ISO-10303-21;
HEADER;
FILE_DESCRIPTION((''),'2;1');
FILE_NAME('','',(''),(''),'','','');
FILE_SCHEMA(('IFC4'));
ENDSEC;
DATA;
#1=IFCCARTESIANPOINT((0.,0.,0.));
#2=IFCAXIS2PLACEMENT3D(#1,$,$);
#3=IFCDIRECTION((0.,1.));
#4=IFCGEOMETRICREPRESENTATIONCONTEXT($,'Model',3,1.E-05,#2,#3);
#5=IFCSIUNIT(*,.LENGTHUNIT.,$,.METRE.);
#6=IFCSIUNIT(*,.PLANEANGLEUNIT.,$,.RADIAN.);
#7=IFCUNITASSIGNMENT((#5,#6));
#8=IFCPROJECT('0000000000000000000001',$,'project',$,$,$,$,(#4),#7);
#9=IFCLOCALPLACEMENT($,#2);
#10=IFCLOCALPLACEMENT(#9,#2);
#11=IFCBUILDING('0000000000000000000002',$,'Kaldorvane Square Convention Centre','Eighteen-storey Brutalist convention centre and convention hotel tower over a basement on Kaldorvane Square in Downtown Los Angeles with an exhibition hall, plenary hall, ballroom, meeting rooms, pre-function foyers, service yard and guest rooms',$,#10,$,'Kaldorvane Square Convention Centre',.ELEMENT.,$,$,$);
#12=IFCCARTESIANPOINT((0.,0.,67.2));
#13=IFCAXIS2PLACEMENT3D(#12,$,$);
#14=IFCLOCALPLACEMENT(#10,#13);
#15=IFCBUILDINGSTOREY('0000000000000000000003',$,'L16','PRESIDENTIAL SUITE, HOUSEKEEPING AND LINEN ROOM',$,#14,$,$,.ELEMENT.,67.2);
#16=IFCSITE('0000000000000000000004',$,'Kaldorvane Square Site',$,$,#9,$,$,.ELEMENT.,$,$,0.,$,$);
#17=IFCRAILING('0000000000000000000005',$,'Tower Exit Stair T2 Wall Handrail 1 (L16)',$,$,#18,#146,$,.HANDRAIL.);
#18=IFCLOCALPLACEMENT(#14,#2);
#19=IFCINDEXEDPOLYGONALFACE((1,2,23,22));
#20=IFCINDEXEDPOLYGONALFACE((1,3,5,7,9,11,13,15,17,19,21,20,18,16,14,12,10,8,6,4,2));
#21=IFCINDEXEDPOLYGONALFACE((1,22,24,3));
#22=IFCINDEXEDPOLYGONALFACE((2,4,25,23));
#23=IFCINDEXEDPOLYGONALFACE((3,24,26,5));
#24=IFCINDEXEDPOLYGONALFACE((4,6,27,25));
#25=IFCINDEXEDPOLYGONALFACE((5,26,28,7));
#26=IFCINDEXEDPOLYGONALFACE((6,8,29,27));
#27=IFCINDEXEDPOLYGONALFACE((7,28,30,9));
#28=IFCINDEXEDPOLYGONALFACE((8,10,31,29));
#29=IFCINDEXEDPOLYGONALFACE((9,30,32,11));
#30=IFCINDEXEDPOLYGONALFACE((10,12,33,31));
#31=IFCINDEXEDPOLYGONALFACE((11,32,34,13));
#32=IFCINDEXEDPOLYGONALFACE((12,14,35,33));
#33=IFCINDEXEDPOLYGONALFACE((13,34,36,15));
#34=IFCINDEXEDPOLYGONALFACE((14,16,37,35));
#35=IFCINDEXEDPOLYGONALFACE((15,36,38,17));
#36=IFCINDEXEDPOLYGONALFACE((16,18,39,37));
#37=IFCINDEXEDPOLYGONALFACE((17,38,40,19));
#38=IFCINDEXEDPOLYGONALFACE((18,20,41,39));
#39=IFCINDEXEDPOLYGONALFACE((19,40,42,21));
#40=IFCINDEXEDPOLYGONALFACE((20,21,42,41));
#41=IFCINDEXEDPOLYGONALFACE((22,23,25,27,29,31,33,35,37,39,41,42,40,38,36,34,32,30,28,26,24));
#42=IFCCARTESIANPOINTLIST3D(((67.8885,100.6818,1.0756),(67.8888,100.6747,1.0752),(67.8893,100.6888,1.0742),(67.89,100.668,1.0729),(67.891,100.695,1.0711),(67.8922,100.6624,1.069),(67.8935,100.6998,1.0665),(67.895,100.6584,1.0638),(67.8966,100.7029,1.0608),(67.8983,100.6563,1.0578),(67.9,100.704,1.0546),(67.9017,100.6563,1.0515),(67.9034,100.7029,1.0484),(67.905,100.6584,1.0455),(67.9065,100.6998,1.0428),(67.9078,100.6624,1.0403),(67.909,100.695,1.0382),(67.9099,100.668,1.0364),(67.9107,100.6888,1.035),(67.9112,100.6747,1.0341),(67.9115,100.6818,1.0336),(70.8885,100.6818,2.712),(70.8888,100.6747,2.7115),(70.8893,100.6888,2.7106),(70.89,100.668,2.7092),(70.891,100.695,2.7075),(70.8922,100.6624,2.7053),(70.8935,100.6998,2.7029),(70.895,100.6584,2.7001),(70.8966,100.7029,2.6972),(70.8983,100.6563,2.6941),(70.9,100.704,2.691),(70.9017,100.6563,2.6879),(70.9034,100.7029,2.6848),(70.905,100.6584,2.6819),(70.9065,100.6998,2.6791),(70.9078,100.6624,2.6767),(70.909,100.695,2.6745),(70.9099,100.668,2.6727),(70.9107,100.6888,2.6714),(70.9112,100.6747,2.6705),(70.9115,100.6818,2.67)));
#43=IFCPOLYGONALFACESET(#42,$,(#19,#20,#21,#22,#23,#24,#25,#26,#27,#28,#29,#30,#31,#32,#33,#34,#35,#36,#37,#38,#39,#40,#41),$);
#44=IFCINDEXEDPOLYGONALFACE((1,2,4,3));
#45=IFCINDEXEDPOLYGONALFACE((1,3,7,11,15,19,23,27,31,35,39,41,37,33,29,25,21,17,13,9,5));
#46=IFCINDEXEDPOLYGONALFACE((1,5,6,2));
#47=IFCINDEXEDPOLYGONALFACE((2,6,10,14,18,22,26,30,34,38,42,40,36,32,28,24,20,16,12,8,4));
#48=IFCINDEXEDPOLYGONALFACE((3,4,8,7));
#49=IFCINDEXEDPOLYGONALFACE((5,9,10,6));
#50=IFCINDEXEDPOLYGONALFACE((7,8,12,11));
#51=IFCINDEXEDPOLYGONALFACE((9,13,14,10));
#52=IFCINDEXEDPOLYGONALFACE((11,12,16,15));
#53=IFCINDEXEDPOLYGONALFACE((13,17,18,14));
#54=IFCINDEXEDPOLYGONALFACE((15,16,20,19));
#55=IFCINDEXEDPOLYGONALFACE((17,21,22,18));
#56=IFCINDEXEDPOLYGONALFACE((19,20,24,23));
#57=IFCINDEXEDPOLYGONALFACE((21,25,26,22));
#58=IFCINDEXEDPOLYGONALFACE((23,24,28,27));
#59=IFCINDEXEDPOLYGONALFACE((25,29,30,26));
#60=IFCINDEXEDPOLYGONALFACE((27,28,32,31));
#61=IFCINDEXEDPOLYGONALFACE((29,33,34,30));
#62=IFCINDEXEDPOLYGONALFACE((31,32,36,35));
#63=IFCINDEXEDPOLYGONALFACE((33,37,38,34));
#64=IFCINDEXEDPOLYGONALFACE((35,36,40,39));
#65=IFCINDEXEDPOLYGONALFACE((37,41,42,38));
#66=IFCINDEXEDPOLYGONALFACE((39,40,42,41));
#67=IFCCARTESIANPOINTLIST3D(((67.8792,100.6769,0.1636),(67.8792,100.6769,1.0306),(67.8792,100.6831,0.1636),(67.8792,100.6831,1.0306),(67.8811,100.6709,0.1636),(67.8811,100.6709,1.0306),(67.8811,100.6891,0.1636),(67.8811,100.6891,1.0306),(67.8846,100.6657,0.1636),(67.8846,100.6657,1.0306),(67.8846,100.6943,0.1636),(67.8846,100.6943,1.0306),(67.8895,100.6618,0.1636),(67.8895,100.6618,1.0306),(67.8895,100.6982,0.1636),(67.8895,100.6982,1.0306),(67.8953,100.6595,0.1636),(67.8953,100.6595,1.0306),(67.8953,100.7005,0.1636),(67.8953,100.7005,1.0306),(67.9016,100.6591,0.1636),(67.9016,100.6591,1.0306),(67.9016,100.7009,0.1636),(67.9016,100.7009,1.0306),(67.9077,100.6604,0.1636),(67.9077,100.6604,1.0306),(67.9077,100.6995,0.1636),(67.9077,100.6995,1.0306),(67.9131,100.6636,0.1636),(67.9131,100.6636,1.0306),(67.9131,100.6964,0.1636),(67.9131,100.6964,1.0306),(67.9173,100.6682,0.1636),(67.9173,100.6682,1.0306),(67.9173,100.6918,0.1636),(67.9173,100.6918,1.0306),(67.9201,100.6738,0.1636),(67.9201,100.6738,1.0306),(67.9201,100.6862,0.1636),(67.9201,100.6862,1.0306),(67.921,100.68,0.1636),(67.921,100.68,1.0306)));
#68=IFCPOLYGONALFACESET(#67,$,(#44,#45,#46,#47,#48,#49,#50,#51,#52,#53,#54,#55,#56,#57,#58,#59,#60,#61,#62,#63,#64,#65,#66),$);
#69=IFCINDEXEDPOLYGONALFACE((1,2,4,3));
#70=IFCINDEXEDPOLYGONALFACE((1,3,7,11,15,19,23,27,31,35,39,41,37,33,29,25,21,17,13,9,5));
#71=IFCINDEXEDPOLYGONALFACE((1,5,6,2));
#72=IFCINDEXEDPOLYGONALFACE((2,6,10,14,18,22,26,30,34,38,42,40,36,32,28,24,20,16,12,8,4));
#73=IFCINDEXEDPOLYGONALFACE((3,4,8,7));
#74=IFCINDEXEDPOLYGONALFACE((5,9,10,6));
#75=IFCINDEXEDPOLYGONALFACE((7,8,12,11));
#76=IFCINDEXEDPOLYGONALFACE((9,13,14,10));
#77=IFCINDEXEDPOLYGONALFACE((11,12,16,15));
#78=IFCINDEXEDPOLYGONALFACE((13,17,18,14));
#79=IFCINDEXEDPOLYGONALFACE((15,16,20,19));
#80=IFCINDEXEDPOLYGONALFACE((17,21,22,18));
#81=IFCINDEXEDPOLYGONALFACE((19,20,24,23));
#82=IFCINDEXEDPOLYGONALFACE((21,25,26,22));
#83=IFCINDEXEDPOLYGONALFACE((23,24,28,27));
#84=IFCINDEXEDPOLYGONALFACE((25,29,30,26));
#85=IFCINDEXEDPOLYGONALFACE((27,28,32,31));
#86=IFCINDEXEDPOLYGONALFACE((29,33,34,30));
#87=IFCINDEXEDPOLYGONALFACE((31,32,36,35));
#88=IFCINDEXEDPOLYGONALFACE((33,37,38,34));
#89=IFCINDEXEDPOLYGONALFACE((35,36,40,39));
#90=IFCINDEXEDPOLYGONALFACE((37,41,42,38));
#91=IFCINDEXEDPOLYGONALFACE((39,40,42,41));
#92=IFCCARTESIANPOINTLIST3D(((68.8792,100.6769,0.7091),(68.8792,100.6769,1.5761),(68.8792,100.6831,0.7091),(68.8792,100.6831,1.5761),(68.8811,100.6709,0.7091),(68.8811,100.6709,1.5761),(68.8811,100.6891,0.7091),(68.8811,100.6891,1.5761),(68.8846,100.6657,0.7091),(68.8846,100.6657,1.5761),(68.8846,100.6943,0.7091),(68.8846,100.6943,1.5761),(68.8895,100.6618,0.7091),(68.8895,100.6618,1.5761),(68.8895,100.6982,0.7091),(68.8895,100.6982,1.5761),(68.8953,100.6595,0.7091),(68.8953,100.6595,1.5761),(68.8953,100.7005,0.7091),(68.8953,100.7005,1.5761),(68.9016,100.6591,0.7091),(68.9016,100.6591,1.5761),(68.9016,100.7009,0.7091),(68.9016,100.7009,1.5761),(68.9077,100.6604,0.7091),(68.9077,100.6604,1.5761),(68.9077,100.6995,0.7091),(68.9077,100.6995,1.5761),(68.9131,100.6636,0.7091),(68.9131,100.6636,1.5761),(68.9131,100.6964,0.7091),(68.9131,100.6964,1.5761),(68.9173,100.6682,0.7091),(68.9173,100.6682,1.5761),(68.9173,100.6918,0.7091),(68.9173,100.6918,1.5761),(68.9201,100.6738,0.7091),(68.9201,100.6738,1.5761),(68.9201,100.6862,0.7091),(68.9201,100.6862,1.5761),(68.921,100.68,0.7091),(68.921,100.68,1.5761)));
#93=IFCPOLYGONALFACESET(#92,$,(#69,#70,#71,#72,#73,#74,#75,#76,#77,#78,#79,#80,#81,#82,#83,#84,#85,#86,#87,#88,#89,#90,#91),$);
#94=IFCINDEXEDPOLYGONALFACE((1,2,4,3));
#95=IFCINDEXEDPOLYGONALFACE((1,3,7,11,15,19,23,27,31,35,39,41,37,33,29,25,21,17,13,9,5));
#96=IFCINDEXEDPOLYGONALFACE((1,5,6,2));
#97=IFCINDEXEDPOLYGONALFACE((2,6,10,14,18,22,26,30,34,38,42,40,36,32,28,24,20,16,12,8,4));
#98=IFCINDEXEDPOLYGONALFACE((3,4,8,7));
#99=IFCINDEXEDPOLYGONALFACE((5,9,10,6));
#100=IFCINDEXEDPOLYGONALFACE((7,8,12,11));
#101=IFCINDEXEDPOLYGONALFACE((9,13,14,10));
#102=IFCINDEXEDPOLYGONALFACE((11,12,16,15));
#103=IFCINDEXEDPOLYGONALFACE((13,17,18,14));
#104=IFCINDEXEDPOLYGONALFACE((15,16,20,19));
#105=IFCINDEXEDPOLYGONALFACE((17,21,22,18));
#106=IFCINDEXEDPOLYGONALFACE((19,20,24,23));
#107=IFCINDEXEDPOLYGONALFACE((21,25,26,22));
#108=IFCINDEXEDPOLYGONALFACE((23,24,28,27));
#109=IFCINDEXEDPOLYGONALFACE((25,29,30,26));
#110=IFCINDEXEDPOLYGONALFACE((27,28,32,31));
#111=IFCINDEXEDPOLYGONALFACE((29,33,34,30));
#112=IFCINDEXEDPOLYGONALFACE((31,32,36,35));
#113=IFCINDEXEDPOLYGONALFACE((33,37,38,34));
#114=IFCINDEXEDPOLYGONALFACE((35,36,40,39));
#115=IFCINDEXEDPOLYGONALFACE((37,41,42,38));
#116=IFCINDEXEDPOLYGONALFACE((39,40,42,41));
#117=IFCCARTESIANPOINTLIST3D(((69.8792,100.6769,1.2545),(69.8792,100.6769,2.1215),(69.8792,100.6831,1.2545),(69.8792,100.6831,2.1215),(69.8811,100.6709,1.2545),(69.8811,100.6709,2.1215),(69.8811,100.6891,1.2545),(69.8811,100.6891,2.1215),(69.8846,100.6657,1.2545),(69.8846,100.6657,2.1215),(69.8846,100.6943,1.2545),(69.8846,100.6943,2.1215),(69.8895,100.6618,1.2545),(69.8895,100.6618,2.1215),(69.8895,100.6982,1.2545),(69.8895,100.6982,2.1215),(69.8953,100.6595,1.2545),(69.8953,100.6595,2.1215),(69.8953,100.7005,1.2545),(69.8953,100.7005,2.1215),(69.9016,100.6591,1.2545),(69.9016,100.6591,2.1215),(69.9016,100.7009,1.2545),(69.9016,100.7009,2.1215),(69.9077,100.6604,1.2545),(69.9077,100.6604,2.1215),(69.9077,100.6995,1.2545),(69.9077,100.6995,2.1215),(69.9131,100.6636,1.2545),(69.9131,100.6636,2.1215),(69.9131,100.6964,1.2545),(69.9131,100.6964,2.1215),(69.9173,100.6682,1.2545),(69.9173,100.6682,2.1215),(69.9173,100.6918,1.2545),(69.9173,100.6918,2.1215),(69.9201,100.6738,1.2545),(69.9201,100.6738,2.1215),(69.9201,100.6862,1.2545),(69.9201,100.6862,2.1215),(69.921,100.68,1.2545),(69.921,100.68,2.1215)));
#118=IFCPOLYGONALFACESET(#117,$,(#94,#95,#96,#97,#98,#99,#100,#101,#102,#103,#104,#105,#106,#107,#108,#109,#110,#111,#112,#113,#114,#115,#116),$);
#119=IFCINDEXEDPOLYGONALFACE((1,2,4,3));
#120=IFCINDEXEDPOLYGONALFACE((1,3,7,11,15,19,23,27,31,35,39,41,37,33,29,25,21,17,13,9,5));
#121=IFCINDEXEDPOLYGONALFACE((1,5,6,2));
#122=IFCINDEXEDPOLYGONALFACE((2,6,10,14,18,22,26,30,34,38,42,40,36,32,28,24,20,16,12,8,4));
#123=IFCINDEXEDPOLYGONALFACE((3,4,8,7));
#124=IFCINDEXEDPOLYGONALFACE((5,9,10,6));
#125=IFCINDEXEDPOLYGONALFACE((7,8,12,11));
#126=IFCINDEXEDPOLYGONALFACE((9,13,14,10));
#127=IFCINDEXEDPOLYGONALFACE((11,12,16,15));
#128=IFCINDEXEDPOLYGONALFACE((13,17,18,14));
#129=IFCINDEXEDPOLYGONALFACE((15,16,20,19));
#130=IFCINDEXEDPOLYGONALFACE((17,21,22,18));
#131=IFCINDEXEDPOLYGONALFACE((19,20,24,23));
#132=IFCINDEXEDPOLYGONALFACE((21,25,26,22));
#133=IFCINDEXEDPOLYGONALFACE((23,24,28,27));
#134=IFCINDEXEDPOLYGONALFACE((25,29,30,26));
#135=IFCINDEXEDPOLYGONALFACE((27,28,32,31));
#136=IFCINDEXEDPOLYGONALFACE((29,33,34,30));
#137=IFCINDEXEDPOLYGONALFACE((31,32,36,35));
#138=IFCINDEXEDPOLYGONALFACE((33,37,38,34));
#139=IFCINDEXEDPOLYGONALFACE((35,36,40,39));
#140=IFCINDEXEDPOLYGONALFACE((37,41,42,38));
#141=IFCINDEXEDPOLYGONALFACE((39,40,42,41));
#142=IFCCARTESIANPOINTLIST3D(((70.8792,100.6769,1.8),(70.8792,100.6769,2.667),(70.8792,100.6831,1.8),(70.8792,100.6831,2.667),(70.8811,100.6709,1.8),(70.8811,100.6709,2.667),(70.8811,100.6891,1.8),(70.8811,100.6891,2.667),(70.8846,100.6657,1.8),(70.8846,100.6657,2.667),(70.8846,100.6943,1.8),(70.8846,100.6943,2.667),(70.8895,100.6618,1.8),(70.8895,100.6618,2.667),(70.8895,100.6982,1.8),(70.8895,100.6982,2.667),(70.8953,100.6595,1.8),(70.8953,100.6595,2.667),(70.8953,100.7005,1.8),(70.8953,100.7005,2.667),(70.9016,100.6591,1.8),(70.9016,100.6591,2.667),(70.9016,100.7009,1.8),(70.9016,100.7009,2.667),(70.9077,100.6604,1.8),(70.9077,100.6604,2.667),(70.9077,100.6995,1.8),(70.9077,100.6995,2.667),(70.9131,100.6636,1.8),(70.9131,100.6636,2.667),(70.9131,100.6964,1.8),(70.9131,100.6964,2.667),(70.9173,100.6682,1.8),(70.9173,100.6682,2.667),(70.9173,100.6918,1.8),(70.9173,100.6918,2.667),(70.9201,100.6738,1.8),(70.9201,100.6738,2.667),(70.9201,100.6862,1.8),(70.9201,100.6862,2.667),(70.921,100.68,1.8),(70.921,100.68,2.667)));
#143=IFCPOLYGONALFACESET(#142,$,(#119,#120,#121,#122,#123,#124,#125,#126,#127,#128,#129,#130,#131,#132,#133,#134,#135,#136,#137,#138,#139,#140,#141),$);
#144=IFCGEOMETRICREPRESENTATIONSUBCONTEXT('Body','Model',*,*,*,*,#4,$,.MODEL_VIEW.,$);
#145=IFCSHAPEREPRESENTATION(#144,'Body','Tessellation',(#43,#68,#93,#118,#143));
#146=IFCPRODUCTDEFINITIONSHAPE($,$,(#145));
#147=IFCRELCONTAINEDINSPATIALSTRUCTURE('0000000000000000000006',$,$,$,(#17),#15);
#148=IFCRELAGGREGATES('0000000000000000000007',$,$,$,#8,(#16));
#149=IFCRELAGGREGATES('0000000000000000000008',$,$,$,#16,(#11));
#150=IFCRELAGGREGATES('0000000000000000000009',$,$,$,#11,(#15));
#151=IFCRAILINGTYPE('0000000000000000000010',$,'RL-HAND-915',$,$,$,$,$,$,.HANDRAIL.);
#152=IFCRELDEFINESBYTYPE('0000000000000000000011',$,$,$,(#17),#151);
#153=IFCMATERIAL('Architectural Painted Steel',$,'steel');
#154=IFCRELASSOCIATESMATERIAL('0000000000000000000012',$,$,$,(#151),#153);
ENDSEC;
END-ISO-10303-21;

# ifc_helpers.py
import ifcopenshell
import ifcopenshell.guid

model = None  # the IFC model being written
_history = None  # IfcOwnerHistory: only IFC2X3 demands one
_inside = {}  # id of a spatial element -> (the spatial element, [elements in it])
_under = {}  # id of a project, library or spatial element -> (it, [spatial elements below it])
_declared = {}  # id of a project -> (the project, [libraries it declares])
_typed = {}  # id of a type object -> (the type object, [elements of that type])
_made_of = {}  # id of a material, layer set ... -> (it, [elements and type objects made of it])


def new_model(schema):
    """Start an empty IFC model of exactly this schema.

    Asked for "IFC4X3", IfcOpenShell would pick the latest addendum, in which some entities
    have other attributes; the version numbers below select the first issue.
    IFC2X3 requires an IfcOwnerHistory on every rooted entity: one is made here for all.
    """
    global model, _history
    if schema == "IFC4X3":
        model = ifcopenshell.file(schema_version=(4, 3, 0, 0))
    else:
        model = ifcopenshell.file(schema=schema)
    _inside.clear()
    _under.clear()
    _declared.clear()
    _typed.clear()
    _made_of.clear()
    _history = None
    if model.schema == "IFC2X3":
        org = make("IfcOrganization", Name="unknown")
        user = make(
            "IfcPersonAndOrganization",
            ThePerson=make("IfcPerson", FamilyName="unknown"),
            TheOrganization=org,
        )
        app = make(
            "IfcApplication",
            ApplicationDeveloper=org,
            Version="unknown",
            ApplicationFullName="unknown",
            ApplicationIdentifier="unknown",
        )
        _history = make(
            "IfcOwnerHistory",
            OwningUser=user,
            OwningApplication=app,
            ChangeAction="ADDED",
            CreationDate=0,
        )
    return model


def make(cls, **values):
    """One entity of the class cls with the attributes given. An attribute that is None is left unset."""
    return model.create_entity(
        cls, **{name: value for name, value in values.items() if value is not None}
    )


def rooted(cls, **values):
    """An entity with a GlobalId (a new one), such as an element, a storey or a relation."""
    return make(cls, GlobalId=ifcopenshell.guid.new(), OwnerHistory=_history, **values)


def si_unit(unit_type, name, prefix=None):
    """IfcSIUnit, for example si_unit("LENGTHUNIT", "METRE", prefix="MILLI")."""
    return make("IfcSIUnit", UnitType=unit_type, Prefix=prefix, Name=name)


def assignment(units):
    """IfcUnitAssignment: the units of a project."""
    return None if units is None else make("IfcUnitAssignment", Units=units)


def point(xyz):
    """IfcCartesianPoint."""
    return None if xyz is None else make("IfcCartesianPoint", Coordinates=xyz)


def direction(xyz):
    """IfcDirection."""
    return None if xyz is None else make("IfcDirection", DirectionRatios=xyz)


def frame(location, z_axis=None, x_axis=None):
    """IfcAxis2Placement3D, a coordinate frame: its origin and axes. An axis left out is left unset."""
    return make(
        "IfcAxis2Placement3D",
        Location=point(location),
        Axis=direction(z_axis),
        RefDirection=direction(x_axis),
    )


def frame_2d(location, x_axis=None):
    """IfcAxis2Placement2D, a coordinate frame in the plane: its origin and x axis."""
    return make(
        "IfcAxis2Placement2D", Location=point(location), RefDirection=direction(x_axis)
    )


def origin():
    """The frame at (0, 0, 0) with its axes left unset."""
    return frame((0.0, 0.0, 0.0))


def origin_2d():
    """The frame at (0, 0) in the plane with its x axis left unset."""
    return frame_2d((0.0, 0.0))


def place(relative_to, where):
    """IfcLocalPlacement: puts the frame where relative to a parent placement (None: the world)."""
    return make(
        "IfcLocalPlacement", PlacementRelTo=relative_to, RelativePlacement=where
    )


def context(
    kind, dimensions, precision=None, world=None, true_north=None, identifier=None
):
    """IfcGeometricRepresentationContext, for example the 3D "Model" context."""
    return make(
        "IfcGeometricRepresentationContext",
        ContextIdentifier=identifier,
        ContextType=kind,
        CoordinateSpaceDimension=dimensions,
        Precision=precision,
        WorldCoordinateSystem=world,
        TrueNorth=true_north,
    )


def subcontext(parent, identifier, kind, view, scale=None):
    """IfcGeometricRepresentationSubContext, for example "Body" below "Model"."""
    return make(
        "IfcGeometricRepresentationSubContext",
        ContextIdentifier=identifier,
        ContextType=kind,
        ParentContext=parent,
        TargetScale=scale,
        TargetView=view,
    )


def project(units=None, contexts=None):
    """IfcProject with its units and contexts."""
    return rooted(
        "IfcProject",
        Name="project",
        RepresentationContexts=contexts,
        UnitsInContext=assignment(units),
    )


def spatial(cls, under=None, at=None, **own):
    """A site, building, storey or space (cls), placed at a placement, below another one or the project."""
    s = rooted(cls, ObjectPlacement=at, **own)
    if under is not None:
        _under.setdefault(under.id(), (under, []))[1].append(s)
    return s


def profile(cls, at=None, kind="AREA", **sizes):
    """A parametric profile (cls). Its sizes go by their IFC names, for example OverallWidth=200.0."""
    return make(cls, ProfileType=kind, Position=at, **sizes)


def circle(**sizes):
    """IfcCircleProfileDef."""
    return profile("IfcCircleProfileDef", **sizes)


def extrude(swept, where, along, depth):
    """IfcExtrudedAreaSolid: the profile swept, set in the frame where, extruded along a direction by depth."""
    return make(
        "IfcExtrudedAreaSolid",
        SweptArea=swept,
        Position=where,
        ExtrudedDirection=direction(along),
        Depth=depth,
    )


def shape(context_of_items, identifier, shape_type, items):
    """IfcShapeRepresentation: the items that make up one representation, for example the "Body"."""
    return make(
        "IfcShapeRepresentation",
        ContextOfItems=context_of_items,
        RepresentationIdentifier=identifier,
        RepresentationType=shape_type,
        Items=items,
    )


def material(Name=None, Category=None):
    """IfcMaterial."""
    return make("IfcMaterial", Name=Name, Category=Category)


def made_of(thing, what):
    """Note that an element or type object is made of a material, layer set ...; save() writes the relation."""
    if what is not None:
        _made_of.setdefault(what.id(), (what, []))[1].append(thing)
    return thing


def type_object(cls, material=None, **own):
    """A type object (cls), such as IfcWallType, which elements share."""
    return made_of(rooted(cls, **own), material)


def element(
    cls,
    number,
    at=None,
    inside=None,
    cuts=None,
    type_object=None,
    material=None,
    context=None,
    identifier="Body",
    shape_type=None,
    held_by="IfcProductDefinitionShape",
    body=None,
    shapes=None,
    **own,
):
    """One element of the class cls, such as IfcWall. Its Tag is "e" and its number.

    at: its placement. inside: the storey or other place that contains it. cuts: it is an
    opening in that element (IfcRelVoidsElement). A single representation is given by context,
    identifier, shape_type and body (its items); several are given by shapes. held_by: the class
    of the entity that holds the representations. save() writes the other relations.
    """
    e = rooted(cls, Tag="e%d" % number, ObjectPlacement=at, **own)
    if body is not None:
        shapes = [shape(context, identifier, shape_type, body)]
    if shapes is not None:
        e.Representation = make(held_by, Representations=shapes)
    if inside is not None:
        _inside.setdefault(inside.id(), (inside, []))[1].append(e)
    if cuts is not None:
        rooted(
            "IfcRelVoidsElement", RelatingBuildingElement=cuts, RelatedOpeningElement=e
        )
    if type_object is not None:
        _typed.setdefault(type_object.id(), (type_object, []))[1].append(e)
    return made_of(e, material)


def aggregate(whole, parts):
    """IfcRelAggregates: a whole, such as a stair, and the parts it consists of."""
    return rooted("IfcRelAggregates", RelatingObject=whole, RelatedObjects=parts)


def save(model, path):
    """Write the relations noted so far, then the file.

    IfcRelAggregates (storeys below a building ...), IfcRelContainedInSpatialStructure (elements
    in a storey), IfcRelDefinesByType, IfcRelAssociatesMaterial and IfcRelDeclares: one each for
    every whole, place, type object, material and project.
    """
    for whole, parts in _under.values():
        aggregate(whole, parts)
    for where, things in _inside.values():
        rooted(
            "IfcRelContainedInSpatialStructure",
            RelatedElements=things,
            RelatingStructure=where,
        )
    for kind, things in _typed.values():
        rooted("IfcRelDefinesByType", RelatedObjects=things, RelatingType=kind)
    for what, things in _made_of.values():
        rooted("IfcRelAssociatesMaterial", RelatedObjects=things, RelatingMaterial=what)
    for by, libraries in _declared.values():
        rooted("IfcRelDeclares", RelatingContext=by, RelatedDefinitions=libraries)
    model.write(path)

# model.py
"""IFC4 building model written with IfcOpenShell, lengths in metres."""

from ifc_helpers import new_model, si_unit, direction, frame, origin, origin_2d, place, context, subcontext, project, spatial, circle, extrude, material, type_object, element, save


model = new_model("IFC4")

# Units and contexts
model_context = context("Model", 3, precision=1e-05, world=origin(), true_north=direction((0.0, 1.0)))
body_context = subcontext(model_context, "Body", "Model", "MODEL_VIEW")
ifc_project = project(units=[si_unit("LENGTHUNIT", "METRE"), si_unit("PLANEANGLEUNIT", "RADIAN")], contexts=[model_context])

# Site, building, storey
site_placement = place(None, origin())
site = spatial("IfcSite", under=ifc_project, at=site_placement, Name="Kaldorvane Square Site", CompositionType="ELEMENT", RefElevation=0.0)
building_placement = place(site_placement, origin())
building = spatial("IfcBuilding", under=site, at=building_placement, Name="Kaldorvane Square Convention Centre", Description="Eighteen-storey Brutalist convention centre and convention hotel tower over a basement on Kaldorvane Square in Downtown Los Angeles with an exhibition hall, plenary hall, ballroom, meeting rooms, pre-function foyers, service yard and guest rooms", LongName="Kaldorvane Square Convention Centre", CompositionType="ELEMENT")
storey_placement = place(building_placement, frame((0.0, 0.0, 67.2)))
storey = spatial("IfcBuildingStorey", under=building, at=storey_placement, Name="L16", Description="PRESIDENTIAL SUITE, HOUSEKEEPING AND LINEN ROOM", CompositionType="ELEMENT", Elevation=67.2)

# Railing
ifc_material_1 = material(Name="Architectural Painted Steel", Category="steel")
railing_type = type_object("IfcRailingType", Name="RL-HAND-915", PredefinedType="HANDRAIL", material=ifc_material_1)
railing_placement = place(storey_placement, frame((67.9, 100.68, 0.1636)))
element("IfcRailing", 1, at=railing_placement, inside=storey, type_object=railing_type, Name="Tower Exit Stair T2 Wall Handrail 1 (L16)", PredefinedType="HANDRAIL", context=body_context, shape_type="SweptSolid", body=[
    extrude(circle(Radius=0.024, at=origin_2d()), frame((0.0, 0.0, 0.891), z_axis=(0.877895, 0.0, 0.478853), x_axis=(0.0, 1.0, 0.0)), (0.0, 0.0, 1.0), 3.4173),
    extrude(circle(Radius=0.021, at=origin_2d()), origin(), (0.0, 0.0, 1.0), 0.867),
    extrude(circle(Radius=0.021, at=origin_2d()), frame((1.0, 0.0, 0.5455)), (0.0, 0.0, 1.0), 0.867),
    extrude(circle(Radius=0.021, at=origin_2d()), frame((2.0, 0.0, 1.0909)), (0.0, 0.0, 1.0), 0.867),
    extrude(circle(Radius=0.021, at=origin_2d()), frame((3.0, 0.0, 1.6364)), (0.0, 0.0, 1.0), 0.867),
])

save(model, "model.ifc")
